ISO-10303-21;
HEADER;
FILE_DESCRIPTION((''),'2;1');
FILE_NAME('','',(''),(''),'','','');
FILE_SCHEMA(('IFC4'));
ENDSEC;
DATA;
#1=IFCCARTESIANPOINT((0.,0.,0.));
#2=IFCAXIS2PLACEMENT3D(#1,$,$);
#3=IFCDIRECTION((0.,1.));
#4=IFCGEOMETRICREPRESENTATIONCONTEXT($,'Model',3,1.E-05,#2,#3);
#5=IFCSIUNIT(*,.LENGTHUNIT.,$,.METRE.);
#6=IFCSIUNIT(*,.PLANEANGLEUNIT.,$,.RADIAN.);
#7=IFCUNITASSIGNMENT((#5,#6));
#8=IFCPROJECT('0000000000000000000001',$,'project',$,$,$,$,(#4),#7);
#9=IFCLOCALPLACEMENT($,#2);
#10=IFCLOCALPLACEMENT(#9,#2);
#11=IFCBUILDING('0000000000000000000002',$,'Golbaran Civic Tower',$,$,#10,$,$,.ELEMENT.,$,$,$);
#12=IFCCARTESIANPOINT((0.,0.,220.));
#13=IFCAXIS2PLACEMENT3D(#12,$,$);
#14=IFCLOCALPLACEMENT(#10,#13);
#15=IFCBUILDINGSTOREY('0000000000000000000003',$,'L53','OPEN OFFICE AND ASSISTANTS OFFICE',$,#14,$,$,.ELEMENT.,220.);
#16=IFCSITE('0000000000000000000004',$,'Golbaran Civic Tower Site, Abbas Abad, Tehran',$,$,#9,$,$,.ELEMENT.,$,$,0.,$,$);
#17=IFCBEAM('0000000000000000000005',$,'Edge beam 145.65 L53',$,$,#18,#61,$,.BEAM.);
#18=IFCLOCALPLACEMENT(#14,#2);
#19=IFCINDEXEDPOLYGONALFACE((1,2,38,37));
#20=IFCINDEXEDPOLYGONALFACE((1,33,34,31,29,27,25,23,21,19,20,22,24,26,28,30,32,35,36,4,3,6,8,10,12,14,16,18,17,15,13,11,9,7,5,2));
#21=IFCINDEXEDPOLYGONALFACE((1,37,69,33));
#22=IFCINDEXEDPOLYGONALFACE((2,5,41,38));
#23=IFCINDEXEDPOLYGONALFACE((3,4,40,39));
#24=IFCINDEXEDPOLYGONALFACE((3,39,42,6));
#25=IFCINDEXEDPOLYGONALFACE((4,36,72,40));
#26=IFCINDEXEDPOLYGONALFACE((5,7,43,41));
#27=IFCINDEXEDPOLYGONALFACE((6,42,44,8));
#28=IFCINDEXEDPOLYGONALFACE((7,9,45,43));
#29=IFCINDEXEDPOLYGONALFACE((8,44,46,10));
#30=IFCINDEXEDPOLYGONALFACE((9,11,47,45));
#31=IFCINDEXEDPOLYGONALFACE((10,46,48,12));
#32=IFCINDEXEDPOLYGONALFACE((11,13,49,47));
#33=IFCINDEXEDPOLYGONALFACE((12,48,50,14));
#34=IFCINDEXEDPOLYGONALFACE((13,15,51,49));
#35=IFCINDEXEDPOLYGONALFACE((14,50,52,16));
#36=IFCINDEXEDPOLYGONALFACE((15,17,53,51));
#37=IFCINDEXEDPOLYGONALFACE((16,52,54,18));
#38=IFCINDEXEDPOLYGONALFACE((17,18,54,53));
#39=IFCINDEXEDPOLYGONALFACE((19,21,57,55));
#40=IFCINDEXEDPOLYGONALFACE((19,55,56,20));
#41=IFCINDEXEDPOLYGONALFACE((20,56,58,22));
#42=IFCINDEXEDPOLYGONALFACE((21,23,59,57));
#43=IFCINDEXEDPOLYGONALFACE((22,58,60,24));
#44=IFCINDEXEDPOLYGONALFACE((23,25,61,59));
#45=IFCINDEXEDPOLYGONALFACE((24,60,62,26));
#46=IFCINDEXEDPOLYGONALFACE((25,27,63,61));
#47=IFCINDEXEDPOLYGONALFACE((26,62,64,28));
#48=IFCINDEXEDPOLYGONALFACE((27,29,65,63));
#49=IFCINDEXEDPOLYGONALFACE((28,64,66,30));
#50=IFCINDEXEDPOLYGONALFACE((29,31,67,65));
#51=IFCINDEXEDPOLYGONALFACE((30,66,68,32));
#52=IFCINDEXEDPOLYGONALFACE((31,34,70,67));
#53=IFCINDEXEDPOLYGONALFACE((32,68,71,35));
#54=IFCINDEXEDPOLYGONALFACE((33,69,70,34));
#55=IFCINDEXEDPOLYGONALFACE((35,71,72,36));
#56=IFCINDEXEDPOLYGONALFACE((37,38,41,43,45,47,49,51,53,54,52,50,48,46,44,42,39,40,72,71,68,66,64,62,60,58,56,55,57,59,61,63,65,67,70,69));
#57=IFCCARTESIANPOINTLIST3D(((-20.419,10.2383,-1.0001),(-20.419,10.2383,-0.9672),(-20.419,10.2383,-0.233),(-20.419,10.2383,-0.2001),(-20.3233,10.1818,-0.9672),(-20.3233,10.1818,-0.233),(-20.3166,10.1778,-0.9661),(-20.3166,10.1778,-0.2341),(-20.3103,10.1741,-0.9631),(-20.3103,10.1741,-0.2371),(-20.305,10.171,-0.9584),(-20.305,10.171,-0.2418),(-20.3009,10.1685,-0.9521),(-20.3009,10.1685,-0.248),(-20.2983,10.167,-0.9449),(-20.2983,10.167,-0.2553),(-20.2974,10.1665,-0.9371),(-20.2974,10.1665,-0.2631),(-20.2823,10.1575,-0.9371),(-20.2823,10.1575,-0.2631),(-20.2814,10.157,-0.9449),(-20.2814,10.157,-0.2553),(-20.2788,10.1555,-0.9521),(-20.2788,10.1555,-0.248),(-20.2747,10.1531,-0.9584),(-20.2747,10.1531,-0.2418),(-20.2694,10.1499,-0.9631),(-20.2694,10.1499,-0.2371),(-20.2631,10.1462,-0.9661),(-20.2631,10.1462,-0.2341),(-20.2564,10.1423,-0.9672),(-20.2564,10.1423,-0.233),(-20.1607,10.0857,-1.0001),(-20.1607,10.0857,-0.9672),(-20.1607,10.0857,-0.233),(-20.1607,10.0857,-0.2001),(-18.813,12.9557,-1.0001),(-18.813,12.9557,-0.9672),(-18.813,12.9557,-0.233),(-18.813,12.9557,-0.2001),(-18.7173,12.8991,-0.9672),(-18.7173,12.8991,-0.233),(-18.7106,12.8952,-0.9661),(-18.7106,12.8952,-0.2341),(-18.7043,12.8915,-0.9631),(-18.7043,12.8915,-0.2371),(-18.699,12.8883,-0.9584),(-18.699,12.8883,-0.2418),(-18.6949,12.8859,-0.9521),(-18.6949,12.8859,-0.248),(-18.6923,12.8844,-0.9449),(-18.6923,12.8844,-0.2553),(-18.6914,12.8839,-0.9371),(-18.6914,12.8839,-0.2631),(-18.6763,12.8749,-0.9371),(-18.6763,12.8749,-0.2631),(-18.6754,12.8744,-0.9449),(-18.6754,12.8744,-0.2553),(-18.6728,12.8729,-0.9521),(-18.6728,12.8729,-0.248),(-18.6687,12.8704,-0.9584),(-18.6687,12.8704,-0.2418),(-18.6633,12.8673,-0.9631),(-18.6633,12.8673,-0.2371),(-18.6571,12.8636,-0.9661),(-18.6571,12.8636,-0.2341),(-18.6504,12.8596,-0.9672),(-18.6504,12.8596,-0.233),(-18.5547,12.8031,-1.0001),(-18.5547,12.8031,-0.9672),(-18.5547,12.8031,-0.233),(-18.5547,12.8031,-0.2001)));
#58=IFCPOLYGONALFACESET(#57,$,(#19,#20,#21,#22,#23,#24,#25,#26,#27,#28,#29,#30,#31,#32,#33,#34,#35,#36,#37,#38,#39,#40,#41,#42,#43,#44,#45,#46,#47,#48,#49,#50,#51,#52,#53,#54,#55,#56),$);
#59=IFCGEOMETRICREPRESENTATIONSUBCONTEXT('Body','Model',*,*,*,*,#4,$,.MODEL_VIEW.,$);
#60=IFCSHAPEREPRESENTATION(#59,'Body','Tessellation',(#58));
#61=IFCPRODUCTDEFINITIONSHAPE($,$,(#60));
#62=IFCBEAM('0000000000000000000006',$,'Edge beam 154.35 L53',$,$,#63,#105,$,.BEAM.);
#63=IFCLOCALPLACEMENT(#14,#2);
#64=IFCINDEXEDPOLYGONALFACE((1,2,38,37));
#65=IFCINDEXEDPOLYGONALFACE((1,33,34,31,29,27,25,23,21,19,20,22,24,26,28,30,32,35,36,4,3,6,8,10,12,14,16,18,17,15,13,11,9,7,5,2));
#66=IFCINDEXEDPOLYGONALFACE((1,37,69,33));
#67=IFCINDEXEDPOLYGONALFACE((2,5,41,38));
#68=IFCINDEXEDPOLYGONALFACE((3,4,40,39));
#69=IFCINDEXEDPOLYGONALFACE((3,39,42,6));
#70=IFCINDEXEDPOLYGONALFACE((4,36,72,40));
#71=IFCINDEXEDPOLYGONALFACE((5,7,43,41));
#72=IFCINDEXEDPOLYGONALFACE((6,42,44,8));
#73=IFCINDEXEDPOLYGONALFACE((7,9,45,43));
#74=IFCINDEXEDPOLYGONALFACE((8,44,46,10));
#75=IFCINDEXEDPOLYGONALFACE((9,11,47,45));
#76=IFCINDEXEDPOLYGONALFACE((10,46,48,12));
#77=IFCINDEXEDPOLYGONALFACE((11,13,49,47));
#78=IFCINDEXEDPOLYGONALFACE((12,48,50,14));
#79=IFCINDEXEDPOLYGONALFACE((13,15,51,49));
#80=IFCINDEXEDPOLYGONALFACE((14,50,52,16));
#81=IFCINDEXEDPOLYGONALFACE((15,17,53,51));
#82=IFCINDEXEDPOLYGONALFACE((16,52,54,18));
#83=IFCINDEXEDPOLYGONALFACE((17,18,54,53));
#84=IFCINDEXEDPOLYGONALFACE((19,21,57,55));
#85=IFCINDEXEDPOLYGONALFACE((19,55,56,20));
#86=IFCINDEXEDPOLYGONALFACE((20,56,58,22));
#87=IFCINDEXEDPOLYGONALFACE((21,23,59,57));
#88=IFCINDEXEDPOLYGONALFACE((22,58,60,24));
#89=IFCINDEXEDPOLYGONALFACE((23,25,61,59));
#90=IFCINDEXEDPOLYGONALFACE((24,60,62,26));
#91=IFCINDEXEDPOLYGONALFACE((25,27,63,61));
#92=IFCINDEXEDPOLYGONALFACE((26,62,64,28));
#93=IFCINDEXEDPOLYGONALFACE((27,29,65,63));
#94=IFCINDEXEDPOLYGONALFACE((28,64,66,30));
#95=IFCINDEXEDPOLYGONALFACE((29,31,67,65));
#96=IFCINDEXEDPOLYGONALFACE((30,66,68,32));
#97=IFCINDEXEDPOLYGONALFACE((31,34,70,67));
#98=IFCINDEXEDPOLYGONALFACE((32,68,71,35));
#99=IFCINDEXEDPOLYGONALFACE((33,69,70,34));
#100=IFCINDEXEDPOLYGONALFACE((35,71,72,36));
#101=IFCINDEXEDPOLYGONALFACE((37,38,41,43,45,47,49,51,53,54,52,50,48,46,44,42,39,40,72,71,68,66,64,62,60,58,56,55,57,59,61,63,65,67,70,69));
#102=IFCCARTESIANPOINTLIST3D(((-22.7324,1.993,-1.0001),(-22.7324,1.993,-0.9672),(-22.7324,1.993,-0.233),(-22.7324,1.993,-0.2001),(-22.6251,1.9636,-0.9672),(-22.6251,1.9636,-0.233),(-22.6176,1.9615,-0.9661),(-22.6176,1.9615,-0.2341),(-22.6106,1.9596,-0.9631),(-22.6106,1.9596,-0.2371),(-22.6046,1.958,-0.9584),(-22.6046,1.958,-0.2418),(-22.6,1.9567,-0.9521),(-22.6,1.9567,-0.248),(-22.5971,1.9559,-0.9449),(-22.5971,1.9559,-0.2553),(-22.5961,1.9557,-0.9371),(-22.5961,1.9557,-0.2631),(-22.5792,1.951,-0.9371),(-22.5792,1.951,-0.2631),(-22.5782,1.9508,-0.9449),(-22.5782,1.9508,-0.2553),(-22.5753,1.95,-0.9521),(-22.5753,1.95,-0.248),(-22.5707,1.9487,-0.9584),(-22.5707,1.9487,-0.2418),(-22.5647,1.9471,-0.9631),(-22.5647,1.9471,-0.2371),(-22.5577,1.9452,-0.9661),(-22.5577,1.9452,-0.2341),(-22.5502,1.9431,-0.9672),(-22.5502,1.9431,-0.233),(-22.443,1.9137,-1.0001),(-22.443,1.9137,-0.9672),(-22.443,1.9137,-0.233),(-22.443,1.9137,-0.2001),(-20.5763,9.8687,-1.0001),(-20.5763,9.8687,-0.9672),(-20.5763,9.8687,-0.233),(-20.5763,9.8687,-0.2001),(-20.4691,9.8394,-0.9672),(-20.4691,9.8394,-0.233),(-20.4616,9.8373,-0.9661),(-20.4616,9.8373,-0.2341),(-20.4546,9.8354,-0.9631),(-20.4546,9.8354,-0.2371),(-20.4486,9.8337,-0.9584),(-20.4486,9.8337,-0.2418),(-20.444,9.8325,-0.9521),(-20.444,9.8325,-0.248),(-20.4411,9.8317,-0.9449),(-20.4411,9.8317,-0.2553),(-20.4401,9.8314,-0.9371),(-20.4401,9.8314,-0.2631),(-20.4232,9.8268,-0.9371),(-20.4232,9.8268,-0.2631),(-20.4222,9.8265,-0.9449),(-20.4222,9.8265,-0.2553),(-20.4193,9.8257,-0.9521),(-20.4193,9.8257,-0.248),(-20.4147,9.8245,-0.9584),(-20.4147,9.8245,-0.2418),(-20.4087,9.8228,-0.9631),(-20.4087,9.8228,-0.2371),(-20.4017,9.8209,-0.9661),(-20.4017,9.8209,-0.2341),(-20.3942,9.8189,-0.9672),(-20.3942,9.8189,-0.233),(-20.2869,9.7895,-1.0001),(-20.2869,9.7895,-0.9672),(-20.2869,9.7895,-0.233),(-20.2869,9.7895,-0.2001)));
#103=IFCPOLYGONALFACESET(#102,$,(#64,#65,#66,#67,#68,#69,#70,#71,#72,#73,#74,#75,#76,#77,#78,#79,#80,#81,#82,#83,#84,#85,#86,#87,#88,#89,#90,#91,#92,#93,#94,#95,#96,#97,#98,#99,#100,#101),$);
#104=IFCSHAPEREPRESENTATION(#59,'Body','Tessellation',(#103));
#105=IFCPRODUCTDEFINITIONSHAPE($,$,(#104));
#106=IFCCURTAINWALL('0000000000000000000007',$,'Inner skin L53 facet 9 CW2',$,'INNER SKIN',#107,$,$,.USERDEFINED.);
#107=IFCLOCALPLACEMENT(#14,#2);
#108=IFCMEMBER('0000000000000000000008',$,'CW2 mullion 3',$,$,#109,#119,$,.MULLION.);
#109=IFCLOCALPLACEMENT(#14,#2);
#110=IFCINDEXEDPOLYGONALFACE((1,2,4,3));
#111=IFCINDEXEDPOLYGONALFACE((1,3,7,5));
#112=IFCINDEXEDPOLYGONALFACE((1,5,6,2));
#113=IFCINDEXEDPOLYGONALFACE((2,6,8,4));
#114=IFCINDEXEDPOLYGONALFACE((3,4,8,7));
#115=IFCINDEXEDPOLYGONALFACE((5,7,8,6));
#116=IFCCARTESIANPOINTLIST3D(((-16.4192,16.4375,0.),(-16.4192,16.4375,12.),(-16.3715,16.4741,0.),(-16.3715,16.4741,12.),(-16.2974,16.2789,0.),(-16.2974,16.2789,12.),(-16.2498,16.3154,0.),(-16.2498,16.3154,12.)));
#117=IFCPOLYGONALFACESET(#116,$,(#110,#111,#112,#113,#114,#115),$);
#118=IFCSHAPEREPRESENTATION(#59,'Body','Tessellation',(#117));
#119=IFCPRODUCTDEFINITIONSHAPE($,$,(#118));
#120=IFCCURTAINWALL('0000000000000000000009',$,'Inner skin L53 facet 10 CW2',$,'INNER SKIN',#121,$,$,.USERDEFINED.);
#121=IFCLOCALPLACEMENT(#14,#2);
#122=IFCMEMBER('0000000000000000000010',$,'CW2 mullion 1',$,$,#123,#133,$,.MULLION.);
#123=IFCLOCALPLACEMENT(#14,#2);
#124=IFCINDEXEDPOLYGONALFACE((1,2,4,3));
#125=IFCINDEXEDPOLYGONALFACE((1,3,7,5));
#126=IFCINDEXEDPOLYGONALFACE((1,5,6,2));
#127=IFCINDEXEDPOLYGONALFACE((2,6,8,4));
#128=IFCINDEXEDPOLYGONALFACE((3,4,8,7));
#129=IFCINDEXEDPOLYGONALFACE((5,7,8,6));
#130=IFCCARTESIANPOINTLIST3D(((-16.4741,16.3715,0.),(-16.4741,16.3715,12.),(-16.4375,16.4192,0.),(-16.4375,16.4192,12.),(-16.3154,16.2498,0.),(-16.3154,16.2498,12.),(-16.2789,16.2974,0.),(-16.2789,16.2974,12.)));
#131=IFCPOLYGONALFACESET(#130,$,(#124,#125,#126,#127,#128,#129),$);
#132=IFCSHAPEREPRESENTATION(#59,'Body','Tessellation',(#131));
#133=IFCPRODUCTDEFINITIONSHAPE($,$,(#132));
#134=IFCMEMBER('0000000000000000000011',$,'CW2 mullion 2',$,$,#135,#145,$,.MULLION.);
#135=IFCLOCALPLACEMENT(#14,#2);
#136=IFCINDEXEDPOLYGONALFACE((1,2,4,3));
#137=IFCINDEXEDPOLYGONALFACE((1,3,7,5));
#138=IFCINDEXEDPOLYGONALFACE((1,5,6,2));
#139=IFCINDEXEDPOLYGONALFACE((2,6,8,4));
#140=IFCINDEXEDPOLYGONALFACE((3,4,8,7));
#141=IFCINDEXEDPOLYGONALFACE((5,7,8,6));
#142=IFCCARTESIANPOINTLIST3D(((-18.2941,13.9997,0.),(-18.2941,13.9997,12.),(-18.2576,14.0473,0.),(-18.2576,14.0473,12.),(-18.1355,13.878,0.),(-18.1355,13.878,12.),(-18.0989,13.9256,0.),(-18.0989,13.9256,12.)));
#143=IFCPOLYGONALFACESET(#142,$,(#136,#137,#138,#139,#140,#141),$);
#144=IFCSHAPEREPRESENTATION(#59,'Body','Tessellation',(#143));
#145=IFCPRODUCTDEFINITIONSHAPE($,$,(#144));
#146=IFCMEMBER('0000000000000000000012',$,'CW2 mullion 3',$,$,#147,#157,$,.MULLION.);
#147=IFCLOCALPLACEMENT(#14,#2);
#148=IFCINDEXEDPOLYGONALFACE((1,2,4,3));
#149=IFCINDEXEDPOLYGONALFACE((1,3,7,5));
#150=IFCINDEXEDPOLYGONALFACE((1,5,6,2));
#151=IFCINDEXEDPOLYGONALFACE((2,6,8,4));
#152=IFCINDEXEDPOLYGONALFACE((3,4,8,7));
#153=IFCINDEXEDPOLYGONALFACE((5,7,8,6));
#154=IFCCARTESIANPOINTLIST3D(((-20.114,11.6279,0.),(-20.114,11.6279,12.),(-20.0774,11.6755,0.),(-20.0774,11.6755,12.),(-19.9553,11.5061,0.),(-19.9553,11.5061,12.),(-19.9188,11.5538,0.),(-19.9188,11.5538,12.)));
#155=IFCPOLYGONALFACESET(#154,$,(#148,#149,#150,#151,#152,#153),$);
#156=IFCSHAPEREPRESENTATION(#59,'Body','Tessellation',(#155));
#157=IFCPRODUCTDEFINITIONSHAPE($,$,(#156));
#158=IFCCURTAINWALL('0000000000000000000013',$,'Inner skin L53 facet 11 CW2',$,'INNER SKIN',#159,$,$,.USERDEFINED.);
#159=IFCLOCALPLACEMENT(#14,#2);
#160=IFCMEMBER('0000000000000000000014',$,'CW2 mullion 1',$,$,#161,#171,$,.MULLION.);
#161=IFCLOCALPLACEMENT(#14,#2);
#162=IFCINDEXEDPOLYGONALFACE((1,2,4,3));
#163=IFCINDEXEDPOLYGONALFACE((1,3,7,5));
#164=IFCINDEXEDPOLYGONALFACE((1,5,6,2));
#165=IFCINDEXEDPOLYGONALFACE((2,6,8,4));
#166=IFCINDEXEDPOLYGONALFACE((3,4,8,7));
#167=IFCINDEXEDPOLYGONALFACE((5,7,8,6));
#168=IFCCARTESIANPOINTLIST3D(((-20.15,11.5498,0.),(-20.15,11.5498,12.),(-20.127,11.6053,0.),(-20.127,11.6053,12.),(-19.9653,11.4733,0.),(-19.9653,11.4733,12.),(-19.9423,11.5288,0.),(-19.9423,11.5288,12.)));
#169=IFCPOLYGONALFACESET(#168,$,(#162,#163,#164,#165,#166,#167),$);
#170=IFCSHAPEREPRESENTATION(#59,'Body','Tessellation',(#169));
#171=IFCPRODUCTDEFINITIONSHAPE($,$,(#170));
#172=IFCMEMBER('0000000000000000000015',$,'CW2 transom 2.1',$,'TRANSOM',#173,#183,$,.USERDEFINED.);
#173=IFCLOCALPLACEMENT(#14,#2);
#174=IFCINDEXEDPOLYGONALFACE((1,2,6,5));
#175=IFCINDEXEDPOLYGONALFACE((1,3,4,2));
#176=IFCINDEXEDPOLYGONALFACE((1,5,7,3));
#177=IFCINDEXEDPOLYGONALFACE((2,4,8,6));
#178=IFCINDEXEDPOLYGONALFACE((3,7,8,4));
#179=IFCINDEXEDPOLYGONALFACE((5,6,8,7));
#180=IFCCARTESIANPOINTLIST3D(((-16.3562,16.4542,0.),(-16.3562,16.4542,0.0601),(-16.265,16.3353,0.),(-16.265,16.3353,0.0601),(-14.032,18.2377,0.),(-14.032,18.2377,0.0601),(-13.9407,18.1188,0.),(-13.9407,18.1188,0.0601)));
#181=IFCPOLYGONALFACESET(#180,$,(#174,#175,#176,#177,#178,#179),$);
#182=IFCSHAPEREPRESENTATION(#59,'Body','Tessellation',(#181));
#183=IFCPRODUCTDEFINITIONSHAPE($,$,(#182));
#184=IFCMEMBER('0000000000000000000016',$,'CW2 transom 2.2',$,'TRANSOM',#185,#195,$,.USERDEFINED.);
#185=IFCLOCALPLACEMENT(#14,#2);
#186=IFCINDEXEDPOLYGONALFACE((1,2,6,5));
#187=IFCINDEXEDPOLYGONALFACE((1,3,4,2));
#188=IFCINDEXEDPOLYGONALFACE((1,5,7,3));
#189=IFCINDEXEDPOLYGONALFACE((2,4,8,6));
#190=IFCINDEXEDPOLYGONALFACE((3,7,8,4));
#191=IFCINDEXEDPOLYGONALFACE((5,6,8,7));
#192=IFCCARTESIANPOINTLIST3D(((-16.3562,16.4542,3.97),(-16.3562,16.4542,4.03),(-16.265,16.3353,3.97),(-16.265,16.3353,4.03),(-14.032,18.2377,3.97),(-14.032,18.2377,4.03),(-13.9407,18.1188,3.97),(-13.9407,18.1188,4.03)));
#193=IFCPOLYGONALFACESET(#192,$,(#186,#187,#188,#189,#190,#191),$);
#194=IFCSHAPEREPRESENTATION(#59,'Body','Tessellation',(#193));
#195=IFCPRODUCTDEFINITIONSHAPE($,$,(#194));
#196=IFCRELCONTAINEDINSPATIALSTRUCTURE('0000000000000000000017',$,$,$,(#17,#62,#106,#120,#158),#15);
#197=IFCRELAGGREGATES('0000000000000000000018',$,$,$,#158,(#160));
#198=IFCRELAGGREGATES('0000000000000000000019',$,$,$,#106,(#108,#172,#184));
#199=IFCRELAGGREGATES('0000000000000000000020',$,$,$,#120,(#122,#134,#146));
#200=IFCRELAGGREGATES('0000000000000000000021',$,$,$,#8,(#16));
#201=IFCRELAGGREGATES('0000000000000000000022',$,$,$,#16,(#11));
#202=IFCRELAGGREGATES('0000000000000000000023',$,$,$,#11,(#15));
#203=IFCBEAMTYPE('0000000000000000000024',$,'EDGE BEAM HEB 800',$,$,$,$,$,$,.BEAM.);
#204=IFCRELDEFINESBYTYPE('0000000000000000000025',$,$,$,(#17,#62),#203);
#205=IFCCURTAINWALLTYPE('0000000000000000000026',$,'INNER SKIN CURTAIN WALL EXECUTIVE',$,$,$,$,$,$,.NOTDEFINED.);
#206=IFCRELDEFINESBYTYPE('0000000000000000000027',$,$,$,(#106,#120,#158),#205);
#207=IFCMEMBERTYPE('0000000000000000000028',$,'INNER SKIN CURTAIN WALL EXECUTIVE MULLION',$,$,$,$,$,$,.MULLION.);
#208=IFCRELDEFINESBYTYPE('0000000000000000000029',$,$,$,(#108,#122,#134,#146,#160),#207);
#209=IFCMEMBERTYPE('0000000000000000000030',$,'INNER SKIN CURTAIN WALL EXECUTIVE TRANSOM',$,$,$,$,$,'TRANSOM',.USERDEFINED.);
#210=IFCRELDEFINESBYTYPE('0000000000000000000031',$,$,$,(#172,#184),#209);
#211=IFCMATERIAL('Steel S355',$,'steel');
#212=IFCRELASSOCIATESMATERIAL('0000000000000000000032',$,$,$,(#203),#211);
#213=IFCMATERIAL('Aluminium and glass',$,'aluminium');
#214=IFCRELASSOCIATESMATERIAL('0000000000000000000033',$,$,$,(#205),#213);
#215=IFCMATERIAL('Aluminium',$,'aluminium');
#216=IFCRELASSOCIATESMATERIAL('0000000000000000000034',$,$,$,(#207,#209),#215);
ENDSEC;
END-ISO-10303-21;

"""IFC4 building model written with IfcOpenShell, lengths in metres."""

from ifc_helpers import new_model, si_unit, direction, frame, origin, origin_2d, place, context, subcontext, project, spatial, rectangle, i_section, extrude, material, material_profile, profile_set, type_object, element, aggregate, save


model = new_model("IFC4")

# Units and contexts
model_context = context("Model", 3, precision=1e-05, world=origin(), true_north=direction((0.0, 1.0)))
body_context = subcontext(model_context, "Body", "Model", "MODEL_VIEW")
ifc_project = project(units=[si_unit("LENGTHUNIT", "METRE"), si_unit("PLANEANGLEUNIT", "RADIAN")], contexts=[model_context])

# Site, building, storey
site_placement = place(None, origin())
site = spatial("IfcSite", under=ifc_project, at=site_placement, Name="Golbaran Civic Tower Site, Abbas Abad, Tehran", CompositionType="ELEMENT", RefElevation=0.0)
building_placement = place(site_placement, origin())
building = spatial("IfcBuilding", under=site, at=building_placement, Name="Golbaran Civic Tower", CompositionType="ELEMENT")
storey_placement = place(building_placement, frame((0.0, 0.0, 220.0)))
storey = spatial("IfcBuildingStorey", under=building, at=storey_placement, Name="L53", Description="OPEN OFFICE AND ASSISTANTS OFFICE", CompositionType="ELEMENT", Elevation=220.0)

# Beams
ifc_material_1 = material(Name="Steel S355", Category="steel")
ifc_material_profile_1 = material_profile(ifc_material_1, i_section(OverallWidth=0.3, OverallDepth=0.8, WebThickness=0.0176, FlangeThickness=0.033, FilletRadius=0.03, at=origin_2d()), Name="HEB 800")
ifc_profile_set_1 = profile_set([ifc_material_profile_1], Name="Steel S355")
beam_type = type_object("IfcBeamType", Name="EDGE BEAM HEB 800", PredefinedType="BEAM", material=ifc_profile_set_1)
beam_1_placement = place(storey_placement, frame((-18.6838, 12.8794, -0.6001), z_axis=(-0.508797, -0.860886, 0.0), x_axis=(0.860886, -0.508797, 0.0)))
element("IfcBeam", 1, at=beam_1_placement, inside=storey, type_object=beam_type, Name="Edge beam 145.65 L53", PredefinedType="BEAM", context=body_context, shape_type="SweptSolid", body=[
    extrude(i_section(OverallWidth=0.3, OverallDepth=0.8, WebThickness=0.0176, FlangeThickness=0.033, FilletRadius=0.03, at=origin_2d()), origin(), (0.0, 0.0, 1.0), 3.1565),
])
beam_2_placement = place(storey_placement, frame((-20.4316, 9.8291, -0.6001), z_axis=(-0.264038, -0.964512, 0.0), x_axis=(0.964512, -0.264038, 0.0)))
element("IfcBeam", 2, at=beam_2_placement, inside=storey, type_object=beam_type, Name="Edge beam 154.35 L53", PredefinedType="BEAM", context=body_context, shape_type="SweptSolid", body=[
    extrude(i_section(OverallWidth=0.3, OverallDepth=0.8, WebThickness=0.0176, FlangeThickness=0.033, FilletRadius=0.03, at=origin_2d()), origin(), (0.0, 0.0, 1.0), 8.1655),
])

# Curtain wall, member
ifc_material_2 = material(Name="Aluminium and glass", Category="aluminium")
curtain_wall_type = type_object("IfcCurtainWallType", Name="INNER SKIN CURTAIN WALL EXECUTIVE", PredefinedType="NOTDEFINED", material=ifc_material_2)
curtain_wall_1_placement = place(storey_placement, origin())
curtain_wall_1 = element("IfcCurtainWall", 3, at=curtain_wall_1_placement, inside=storey, type_object=curtain_wall_type, Name="Inner skin L53 facet 9 CW2", ObjectType="INNER SKIN", PredefinedType="USERDEFINED")
ifc_material_3 = material(Name="Aluminium", Category="aluminium")
ifc_material_profile_2 = material_profile(ifc_material_3, rectangle(XDim=0.2, YDim=0.0601, at=origin_2d()), Name="INNER SKIN CURTAIN WALL EXECUTIVE MULLION")
ifc_profile_set_2 = profile_set([ifc_material_profile_2], Name="Aluminium")
member_type_1 = type_object("IfcMemberType", Name="INNER SKIN CURTAIN WALL EXECUTIVE MULLION", PredefinedType="MULLION", material=ifc_profile_set_2)
member_1_placement = place(storey_placement, frame((-16.3345, 16.3765, 0.0), z_axis=(0.0, 0.0, 1.0), x_axis=(0.608761, -0.793353, 0.0)))
member_1 = element("IfcMember", 4, at=member_1_placement, type_object=member_type_1, Name="CW2 mullion 3", PredefinedType="MULLION", context=body_context, shape_type="SweptSolid", body=[
    extrude(rectangle(XDim=0.2, YDim=0.0601, at=origin_2d()), origin(), (0.0, 0.0, 1.0), 12.0),
])

# Curtain wall, members
curtain_wall_2_placement = place(storey_placement, origin())
curtain_wall_2 = element("IfcCurtainWall", 5, at=curtain_wall_2_placement, inside=storey, type_object=curtain_wall_type, Name="Inner skin L53 facet 10 CW2", ObjectType="INNER SKIN", PredefinedType="USERDEFINED")
member_2_placement = place(storey_placement, frame((-16.3765, 16.3345, 0.0), z_axis=(0.0, 0.0, 1.0), x_axis=(0.793353, -0.608761, 0.0)))
member_2 = element("IfcMember", 6, at=member_2_placement, type_object=member_type_1, Name="CW2 mullion 1", PredefinedType="MULLION", context=body_context, shape_type="SweptSolid", body=[
    extrude(rectangle(XDim=0.2, YDim=0.0601, at=origin_2d()), origin(), (0.0, 0.0, 1.0), 12.0),
])
member_3_placement = place(storey_placement, frame((-18.1965, 13.9626, 0.0), z_axis=(0.0, 0.0, 1.0), x_axis=(0.793353, -0.608761, 0.0)))
member_3 = element("IfcMember", 7, at=member_3_placement, type_object=member_type_1, Name="CW2 mullion 2", PredefinedType="MULLION", context=body_context, shape_type="SweptSolid", body=[
    extrude(rectangle(XDim=0.2, YDim=0.0601, at=origin_2d()), origin(), (0.0, 0.0, 1.0), 12.0),
])
member_4_placement = place(storey_placement, frame((-20.0164, 11.5908, 0.0), z_axis=(0.0, 0.0, 1.0), x_axis=(0.793353, -0.608761, 0.0)))
member_4 = element("IfcMember", 8, at=member_4_placement, type_object=member_type_1, Name="CW2 mullion 3", PredefinedType="MULLION", context=body_context, shape_type="SweptSolid", body=[
    extrude(rectangle(XDim=0.2, YDim=0.0601, at=origin_2d()), origin(), (0.0, 0.0, 1.0), 12.0),
])

# Curtain wall, member
curtain_wall_3_placement = place(storey_placement, origin())
curtain_wall_3 = element("IfcCurtainWall", 9, at=curtain_wall_3_placement, inside=storey, type_object=curtain_wall_type, Name="Inner skin L53 facet 11 CW2", ObjectType="INNER SKIN", PredefinedType="USERDEFINED")
member_5_placement = place(storey_placement, frame((-20.0461, 11.5393, 0.0), z_axis=(0.0, 0.0, 1.0), x_axis=(0.92388, -0.382683, 0.0)))
member_5 = element("IfcMember", 10, at=member_5_placement, type_object=member_type_1, Name="CW2 mullion 1", PredefinedType="MULLION", context=body_context, shape_type="SweptSolid", body=[
    extrude(rectangle(XDim=0.2, YDim=0.0601, at=origin_2d()), origin(), (0.0, 0.0, 1.0), 12.0),
])

# Members
ifc_material_profile_3 = material_profile(ifc_material_3, rectangle(XDim=0.1499, YDim=0.0601, at=origin_2d()), Name="INNER SKIN CURTAIN WALL EXECUTIVE TRANSOM")
ifc_profile_set_3 = profile_set([ifc_material_profile_3], Name="Aluminium")
member_type_2 = type_object("IfcMemberType", Name="INNER SKIN CURTAIN WALL EXECUTIVE TRANSOM", ElementType="TRANSOM", PredefinedType="USERDEFINED", material=ifc_profile_set_3)
member_6_placement = place(storey_placement, frame((-13.9863, 18.1782, 0.03), z_axis=(-0.793351, -0.608764, 0.0), x_axis=(0.608764, -0.793351, 0.0)))
member_6 = element("IfcMember", 11, at=member_6_placement, type_object=member_type_2, Name="CW2 transom 2.1", ObjectType="TRANSOM", PredefinedType="USERDEFINED", context=body_context, shape_type="SweptSolid", body=[
    extrude(rectangle(XDim=0.1499, YDim=0.0601, at=origin_2d()), origin(), (0.0, 0.0, 1.0), 2.9297),
])
member_7_placement = place(storey_placement, frame((-13.9863, 18.1782, 4.0), z_axis=(-0.793351, -0.608764, 0.0), x_axis=(0.608764, -0.793351, 0.0)))
member_7 = element("IfcMember", 12, at=member_7_placement, type_object=member_type_2, Name="CW2 transom 2.2", ObjectType="TRANSOM", PredefinedType="USERDEFINED", context=body_context, shape_type="SweptSolid", body=[
    extrude(rectangle(XDim=0.1499, YDim=0.0601, at=origin_2d()), origin(), (0.0, 0.0, 1.0), 2.9297),
])

aggregate(curtain_wall_3, [member_5])
aggregate(curtain_wall_1, [member_1, member_6, member_7])
aggregate(curtain_wall_2, [member_2, member_3, member_4])

save(model, "model.ifc")
